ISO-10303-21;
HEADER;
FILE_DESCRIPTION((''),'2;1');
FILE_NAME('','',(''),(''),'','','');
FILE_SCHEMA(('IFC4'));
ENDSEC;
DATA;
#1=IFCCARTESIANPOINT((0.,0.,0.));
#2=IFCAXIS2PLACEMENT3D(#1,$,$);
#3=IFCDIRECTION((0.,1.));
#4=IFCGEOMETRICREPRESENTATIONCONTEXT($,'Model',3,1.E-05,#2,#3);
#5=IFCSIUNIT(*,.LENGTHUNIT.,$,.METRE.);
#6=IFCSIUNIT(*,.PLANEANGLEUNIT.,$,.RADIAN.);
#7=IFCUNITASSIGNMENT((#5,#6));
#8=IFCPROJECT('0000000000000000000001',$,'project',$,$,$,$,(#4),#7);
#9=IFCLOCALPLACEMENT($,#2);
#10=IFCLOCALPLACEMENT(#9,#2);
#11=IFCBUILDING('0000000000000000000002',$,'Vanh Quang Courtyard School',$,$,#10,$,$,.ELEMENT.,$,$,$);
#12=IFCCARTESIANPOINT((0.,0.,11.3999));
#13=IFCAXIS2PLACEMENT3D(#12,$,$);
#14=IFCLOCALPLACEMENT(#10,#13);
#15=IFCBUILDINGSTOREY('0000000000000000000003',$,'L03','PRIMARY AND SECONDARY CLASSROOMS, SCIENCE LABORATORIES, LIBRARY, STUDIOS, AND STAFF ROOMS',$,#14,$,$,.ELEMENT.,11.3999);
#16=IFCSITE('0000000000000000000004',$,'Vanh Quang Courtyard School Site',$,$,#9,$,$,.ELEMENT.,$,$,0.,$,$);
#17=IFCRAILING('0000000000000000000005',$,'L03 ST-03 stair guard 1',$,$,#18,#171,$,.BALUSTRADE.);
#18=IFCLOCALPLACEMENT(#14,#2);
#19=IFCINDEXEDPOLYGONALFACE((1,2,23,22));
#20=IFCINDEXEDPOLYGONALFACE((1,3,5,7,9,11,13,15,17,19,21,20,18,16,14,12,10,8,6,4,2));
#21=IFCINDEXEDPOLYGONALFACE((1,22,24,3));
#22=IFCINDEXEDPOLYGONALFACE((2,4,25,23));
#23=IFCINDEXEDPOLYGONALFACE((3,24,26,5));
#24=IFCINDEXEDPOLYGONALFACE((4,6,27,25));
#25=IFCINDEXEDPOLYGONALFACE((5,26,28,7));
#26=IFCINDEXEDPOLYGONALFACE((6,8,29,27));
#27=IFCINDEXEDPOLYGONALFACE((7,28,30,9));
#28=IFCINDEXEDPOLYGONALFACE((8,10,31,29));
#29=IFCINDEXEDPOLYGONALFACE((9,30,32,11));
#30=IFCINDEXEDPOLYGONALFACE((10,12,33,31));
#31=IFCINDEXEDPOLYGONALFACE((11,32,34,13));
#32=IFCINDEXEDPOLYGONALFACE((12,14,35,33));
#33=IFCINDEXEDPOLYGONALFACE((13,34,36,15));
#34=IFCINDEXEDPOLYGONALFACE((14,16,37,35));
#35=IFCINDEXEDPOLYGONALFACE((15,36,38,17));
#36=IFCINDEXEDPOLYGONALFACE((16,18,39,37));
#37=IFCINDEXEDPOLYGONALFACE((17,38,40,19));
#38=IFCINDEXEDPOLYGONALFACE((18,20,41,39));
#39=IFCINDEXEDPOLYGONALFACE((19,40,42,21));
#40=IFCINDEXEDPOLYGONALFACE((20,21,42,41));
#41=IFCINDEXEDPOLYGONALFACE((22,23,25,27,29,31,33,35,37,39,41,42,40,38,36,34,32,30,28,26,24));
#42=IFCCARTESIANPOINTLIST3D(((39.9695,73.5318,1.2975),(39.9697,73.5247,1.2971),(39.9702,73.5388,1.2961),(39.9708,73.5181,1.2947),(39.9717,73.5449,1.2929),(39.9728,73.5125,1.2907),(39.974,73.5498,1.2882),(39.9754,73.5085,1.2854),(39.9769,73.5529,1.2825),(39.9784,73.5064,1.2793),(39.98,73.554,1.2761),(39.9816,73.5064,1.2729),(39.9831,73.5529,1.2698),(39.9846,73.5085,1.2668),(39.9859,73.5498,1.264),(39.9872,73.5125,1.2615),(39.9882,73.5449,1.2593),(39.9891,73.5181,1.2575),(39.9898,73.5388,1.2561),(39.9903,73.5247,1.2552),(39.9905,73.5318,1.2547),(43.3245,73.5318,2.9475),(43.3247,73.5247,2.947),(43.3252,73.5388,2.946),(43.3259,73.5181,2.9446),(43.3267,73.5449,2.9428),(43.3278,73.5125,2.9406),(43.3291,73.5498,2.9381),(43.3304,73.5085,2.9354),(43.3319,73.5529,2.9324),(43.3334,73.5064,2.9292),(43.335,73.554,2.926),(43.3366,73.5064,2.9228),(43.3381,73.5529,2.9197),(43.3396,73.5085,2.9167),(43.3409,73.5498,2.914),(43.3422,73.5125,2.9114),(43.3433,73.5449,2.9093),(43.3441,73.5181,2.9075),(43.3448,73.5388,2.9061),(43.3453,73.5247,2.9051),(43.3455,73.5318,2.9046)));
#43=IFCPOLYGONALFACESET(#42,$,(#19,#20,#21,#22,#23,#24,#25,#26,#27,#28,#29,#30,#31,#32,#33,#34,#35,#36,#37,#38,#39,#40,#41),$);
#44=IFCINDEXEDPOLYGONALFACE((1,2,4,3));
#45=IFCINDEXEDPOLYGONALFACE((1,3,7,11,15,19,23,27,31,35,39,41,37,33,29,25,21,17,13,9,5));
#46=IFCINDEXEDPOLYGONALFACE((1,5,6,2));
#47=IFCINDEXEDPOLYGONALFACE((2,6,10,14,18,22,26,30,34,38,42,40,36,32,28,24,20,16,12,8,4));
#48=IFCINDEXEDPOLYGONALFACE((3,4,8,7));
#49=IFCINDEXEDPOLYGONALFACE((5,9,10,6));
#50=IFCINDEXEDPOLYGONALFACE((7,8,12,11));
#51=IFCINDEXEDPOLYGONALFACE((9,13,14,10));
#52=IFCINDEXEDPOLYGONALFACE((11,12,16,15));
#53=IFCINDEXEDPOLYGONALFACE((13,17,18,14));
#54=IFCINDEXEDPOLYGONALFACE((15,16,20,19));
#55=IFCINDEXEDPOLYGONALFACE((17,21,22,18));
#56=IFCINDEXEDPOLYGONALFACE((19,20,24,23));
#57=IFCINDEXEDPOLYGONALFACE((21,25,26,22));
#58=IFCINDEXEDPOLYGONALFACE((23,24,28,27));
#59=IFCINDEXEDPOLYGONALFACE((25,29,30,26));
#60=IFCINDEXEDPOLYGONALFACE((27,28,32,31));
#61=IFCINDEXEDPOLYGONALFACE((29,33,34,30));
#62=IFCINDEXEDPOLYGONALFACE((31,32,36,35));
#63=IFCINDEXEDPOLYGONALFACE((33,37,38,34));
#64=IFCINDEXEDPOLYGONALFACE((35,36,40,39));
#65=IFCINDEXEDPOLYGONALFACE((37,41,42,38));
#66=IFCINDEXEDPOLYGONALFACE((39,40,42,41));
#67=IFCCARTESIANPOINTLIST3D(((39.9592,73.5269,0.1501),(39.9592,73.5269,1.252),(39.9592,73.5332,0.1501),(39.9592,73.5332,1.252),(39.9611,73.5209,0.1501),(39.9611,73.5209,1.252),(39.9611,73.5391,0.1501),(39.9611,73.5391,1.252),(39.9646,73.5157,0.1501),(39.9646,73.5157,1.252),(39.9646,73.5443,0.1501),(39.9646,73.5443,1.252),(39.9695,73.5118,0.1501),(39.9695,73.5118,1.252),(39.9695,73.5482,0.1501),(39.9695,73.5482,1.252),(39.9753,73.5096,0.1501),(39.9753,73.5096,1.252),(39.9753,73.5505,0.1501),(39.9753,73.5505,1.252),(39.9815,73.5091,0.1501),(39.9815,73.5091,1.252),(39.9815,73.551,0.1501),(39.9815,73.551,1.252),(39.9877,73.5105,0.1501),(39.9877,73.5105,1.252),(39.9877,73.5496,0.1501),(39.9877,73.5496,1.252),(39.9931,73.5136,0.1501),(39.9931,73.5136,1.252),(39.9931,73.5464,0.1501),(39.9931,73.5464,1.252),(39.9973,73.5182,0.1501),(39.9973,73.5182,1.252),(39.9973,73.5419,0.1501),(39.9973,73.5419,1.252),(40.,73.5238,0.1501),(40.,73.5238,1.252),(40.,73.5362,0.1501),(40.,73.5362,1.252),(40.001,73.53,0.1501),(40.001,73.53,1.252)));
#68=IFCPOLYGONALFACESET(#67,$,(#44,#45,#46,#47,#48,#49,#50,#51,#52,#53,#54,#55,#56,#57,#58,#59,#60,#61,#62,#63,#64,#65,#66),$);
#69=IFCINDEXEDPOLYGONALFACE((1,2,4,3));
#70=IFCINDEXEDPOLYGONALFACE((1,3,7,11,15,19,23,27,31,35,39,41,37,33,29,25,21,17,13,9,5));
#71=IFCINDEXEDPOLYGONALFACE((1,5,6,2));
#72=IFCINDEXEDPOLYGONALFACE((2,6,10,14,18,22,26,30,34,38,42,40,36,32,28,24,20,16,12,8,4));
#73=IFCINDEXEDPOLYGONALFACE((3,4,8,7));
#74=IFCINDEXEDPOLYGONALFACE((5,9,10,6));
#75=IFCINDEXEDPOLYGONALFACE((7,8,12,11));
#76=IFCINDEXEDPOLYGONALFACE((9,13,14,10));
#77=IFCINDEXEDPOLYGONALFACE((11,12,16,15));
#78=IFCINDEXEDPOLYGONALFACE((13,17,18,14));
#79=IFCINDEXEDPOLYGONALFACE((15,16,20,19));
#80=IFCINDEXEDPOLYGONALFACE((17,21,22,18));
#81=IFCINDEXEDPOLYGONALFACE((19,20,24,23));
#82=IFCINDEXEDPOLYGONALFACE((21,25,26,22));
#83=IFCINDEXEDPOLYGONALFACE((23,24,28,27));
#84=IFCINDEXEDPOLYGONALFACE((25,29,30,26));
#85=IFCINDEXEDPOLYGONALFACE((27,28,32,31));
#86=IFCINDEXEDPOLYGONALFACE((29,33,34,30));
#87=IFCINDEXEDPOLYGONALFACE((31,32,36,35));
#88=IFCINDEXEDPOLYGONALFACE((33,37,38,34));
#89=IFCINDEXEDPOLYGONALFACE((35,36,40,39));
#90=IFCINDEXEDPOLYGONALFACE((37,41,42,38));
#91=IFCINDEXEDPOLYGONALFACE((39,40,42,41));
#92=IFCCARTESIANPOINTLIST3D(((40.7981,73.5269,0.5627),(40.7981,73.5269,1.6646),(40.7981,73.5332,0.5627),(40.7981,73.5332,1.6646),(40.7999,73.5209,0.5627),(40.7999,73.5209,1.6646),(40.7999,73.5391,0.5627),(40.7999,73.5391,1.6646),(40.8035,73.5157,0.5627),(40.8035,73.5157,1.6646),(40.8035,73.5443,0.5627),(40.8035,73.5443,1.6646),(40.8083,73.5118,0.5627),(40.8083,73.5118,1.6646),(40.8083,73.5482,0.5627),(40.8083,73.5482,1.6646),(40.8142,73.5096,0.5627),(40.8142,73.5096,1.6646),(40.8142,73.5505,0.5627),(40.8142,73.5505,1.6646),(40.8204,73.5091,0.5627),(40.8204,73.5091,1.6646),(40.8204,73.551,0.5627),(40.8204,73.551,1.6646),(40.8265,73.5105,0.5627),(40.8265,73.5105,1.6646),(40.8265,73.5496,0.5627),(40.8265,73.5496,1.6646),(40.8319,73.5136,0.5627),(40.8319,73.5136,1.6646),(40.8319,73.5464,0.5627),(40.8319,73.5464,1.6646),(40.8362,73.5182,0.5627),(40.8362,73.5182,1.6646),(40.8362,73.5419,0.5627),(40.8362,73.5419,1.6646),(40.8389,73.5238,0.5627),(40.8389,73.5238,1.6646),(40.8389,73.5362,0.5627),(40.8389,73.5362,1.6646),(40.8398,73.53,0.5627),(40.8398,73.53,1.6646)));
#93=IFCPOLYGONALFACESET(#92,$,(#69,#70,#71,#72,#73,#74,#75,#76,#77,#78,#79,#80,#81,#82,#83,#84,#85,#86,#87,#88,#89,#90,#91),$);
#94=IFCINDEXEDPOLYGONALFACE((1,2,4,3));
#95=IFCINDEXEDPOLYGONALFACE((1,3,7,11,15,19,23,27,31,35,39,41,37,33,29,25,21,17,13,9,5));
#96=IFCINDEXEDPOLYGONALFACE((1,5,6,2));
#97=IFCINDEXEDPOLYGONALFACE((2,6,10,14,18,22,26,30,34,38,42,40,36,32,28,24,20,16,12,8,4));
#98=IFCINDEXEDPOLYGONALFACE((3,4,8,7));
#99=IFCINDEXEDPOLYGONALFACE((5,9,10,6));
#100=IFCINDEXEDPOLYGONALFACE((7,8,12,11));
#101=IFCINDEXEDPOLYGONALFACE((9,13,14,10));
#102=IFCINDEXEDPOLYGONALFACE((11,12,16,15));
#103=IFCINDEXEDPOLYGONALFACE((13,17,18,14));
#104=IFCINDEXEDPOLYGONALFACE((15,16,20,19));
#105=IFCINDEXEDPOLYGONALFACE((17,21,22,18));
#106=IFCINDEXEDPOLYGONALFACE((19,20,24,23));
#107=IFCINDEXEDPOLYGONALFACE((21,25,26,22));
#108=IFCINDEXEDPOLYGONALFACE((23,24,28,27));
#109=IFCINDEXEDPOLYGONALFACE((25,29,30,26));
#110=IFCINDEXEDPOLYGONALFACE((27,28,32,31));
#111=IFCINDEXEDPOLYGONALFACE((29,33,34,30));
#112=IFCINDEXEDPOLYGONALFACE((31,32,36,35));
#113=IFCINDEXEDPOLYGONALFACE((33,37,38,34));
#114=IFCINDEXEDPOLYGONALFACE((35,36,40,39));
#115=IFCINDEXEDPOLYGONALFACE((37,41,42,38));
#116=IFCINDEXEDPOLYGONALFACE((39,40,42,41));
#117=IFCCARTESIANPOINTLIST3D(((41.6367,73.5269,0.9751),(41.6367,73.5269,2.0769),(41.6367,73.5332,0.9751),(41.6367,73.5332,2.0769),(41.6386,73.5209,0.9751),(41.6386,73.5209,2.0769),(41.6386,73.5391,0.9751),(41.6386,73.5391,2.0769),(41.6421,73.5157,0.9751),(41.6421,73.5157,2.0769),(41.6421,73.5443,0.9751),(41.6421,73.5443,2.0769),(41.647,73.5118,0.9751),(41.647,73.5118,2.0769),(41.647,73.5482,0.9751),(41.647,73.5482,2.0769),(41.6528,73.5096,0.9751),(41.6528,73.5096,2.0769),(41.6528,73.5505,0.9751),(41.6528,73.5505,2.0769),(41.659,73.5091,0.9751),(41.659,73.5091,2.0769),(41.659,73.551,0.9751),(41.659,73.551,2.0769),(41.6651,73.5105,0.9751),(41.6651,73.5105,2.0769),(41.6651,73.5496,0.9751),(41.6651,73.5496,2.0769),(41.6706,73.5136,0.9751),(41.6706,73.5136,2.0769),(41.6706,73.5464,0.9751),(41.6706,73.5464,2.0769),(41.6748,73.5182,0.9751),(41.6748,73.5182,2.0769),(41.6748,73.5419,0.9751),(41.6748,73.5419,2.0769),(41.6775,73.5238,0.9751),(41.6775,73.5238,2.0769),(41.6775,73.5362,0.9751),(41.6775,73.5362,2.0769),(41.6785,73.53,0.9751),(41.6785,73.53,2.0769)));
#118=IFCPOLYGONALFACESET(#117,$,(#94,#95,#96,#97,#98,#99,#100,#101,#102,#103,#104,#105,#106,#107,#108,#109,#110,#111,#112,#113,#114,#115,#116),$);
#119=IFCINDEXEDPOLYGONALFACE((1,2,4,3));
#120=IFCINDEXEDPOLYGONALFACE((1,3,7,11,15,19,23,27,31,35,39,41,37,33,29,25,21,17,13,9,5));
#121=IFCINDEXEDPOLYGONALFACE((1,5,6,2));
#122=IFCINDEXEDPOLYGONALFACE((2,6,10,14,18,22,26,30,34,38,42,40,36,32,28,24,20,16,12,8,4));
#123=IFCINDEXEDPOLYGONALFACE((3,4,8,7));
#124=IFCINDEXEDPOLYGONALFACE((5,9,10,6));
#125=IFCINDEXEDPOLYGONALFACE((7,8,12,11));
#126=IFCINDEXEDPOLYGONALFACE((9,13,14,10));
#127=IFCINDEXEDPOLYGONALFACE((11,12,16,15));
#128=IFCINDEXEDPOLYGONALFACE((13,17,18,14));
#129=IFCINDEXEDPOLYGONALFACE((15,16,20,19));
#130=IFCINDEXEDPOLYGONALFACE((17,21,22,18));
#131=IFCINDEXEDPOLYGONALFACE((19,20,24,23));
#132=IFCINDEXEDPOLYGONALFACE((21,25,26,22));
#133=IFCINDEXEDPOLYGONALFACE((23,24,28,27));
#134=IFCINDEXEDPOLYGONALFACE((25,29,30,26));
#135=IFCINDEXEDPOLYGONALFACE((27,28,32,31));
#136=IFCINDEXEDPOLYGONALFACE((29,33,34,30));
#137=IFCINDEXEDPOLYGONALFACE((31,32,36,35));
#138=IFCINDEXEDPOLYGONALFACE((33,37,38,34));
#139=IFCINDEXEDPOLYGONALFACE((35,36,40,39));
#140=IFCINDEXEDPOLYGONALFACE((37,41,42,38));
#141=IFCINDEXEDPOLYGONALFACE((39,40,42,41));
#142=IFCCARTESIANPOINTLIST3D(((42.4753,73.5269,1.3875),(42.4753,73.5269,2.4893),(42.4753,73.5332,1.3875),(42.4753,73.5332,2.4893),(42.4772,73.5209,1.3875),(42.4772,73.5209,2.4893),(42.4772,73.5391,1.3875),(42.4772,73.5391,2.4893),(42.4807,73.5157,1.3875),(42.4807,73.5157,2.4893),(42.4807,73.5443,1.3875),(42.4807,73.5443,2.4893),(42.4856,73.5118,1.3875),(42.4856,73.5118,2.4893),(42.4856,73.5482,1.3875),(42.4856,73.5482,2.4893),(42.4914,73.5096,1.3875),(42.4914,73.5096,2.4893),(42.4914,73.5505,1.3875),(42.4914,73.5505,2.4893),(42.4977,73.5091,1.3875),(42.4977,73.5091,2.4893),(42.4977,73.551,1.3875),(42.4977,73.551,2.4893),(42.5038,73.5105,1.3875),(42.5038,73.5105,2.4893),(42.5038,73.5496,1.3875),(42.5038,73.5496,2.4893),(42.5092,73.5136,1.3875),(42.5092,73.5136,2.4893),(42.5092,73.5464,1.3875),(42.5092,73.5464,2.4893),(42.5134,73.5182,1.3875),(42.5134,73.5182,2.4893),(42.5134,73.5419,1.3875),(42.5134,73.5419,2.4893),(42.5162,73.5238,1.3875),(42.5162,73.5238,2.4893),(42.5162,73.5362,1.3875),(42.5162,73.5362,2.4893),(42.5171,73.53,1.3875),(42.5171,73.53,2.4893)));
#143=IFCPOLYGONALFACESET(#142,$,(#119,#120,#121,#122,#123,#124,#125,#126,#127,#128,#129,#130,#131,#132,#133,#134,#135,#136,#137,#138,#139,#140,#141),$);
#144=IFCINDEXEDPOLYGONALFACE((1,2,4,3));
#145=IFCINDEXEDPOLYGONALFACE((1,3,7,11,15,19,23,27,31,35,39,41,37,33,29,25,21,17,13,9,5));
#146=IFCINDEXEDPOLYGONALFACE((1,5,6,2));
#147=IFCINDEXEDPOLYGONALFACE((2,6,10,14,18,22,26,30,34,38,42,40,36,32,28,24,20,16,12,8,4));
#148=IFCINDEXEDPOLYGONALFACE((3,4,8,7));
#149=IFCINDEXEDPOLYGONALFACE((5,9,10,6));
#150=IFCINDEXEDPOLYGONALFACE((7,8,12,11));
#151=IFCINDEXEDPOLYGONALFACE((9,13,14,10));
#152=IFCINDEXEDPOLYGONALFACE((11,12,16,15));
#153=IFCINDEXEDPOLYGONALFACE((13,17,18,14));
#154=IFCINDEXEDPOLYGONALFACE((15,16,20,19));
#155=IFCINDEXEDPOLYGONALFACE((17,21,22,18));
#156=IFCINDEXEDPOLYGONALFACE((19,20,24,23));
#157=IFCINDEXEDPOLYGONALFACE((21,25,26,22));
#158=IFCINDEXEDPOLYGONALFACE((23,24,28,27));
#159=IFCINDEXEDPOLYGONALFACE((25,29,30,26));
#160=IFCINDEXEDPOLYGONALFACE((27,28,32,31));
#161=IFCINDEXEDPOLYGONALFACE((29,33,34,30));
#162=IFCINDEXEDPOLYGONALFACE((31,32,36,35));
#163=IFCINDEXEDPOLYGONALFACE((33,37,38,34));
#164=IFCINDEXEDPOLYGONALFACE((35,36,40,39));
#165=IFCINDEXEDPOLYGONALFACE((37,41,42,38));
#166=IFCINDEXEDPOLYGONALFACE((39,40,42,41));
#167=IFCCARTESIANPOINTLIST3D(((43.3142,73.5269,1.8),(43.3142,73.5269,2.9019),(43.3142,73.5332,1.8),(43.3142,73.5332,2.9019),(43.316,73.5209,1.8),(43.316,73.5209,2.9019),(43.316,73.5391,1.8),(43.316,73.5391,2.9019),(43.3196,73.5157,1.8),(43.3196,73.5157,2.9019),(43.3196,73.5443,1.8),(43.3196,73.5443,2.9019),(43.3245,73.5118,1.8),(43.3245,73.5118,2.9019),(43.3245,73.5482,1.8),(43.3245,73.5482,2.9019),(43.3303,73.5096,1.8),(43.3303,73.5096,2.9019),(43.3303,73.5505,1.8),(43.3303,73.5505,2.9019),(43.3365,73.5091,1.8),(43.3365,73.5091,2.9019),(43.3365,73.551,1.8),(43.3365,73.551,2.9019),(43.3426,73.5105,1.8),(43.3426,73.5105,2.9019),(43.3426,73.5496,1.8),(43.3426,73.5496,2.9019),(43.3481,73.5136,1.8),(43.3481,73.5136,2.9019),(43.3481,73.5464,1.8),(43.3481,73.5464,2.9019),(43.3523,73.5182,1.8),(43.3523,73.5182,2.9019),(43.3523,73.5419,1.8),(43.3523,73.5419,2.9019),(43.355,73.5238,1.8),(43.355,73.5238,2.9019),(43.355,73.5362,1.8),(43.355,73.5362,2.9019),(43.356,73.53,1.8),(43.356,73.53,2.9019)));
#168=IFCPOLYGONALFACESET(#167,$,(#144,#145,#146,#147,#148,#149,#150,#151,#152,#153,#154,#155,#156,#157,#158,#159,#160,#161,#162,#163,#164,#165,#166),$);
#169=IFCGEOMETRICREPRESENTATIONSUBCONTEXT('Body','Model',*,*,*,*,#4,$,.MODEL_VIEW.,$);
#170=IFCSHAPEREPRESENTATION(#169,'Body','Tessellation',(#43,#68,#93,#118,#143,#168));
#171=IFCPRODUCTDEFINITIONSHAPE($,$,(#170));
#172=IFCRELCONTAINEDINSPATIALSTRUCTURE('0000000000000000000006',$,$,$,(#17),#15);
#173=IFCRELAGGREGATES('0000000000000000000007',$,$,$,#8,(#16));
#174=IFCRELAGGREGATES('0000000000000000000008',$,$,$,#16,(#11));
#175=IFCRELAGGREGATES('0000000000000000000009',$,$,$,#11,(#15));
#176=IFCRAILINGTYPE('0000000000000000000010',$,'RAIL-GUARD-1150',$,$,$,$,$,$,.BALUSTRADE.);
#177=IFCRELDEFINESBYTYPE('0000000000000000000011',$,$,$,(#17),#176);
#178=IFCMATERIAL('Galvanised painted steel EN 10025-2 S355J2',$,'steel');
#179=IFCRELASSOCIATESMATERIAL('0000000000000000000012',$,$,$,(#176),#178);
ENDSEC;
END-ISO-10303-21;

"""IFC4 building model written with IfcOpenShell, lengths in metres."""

from ifc_helpers import new_model, si_unit, direction, frame, origin, origin_2d, place, context, subcontext, project, spatial, circle, extrude, material, type_object, element, save


model = new_model("IFC4")

# Units and contexts
model_context = context("Model", 3, precision=1e-05, world=origin(), true_north=direction((0.0, 1.0)))
body_context = subcontext(model_context, "Body", "Model", "MODEL_VIEW")
ifc_project = project(units=[si_unit("LENGTHUNIT", "METRE"), si_unit("PLANEANGLEUNIT", "RADIAN")], contexts=[model_context])

# Site, building, storey
site_placement = place(None, origin())
site = spatial("IfcSite", under=ifc_project, at=site_placement, Name="Vanh Quang Courtyard School Site", CompositionType="ELEMENT", RefElevation=0.0)
building_placement = place(site_placement, origin())
building = spatial("IfcBuilding", under=site, at=building_placement, Name="Vanh Quang Courtyard School", CompositionType="ELEMENT")
storey_placement = place(building_placement, frame((0.0, 0.0, 11.3999)))
storey = spatial("IfcBuildingStorey", under=building, at=storey_placement, Name="L03", Description="PRIMARY AND SECONDARY CLASSROOMS, SCIENCE LABORATORIES, LIBRARY, STUDIOS, AND STAFF ROOMS", CompositionType="ELEMENT", Elevation=11.3999)

# Railing
ifc_material_1 = material(Name="Galvanised painted steel EN 10025-2 S355J2", Category="steel")
railing_type_1 = type_object("IfcRailingType", Name="RAIL-GUARD-1150", PredefinedType="BALUSTRADE", material=ifc_material_1)
railing_1_placement = place(storey_placement, frame((39.98, 73.53, 0.1501)))
element("IfcRailing", 1, at=railing_1_placement, inside=storey, type_object=railing_type_1, Name="L03 ST-03 stair guard 1", PredefinedType="BALUSTRADE", context=body_context, shape_type="SweptSolid", body=[
    extrude(circle(Radius=0.0239, at=origin_2d()), frame((0.0, 0.0, 1.126), z_axis=(0.897359, 0.0, 0.441301), x_axis=(0.0, 1.0, 0.0)), (0.0, 0.0, 1.0), 3.7388),
    extrude(circle(Radius=0.021, at=origin_2d()), origin(), (0.0, 0.0, 1.0), 1.1018),
    extrude(circle(Radius=0.021, at=origin_2d()), frame((0.8389, 0.0, 0.4126)), (0.0, 0.0, 1.0), 1.1018),
    extrude(circle(Radius=0.021, at=origin_2d()), frame((1.6775, 0.0, 0.825)), (0.0, 0.0, 1.0), 1.1018),
    extrude(circle(Radius=0.021, at=origin_2d()), frame((2.5161, 0.0, 1.2373)), (0.0, 0.0, 1.0), 1.1018),
    extrude(circle(Radius=0.021, at=origin_2d()), frame((3.355, 0.0, 1.6499)), (0.0, 0.0, 1.0), 1.1018),
])

save(model, "model.ifc")
